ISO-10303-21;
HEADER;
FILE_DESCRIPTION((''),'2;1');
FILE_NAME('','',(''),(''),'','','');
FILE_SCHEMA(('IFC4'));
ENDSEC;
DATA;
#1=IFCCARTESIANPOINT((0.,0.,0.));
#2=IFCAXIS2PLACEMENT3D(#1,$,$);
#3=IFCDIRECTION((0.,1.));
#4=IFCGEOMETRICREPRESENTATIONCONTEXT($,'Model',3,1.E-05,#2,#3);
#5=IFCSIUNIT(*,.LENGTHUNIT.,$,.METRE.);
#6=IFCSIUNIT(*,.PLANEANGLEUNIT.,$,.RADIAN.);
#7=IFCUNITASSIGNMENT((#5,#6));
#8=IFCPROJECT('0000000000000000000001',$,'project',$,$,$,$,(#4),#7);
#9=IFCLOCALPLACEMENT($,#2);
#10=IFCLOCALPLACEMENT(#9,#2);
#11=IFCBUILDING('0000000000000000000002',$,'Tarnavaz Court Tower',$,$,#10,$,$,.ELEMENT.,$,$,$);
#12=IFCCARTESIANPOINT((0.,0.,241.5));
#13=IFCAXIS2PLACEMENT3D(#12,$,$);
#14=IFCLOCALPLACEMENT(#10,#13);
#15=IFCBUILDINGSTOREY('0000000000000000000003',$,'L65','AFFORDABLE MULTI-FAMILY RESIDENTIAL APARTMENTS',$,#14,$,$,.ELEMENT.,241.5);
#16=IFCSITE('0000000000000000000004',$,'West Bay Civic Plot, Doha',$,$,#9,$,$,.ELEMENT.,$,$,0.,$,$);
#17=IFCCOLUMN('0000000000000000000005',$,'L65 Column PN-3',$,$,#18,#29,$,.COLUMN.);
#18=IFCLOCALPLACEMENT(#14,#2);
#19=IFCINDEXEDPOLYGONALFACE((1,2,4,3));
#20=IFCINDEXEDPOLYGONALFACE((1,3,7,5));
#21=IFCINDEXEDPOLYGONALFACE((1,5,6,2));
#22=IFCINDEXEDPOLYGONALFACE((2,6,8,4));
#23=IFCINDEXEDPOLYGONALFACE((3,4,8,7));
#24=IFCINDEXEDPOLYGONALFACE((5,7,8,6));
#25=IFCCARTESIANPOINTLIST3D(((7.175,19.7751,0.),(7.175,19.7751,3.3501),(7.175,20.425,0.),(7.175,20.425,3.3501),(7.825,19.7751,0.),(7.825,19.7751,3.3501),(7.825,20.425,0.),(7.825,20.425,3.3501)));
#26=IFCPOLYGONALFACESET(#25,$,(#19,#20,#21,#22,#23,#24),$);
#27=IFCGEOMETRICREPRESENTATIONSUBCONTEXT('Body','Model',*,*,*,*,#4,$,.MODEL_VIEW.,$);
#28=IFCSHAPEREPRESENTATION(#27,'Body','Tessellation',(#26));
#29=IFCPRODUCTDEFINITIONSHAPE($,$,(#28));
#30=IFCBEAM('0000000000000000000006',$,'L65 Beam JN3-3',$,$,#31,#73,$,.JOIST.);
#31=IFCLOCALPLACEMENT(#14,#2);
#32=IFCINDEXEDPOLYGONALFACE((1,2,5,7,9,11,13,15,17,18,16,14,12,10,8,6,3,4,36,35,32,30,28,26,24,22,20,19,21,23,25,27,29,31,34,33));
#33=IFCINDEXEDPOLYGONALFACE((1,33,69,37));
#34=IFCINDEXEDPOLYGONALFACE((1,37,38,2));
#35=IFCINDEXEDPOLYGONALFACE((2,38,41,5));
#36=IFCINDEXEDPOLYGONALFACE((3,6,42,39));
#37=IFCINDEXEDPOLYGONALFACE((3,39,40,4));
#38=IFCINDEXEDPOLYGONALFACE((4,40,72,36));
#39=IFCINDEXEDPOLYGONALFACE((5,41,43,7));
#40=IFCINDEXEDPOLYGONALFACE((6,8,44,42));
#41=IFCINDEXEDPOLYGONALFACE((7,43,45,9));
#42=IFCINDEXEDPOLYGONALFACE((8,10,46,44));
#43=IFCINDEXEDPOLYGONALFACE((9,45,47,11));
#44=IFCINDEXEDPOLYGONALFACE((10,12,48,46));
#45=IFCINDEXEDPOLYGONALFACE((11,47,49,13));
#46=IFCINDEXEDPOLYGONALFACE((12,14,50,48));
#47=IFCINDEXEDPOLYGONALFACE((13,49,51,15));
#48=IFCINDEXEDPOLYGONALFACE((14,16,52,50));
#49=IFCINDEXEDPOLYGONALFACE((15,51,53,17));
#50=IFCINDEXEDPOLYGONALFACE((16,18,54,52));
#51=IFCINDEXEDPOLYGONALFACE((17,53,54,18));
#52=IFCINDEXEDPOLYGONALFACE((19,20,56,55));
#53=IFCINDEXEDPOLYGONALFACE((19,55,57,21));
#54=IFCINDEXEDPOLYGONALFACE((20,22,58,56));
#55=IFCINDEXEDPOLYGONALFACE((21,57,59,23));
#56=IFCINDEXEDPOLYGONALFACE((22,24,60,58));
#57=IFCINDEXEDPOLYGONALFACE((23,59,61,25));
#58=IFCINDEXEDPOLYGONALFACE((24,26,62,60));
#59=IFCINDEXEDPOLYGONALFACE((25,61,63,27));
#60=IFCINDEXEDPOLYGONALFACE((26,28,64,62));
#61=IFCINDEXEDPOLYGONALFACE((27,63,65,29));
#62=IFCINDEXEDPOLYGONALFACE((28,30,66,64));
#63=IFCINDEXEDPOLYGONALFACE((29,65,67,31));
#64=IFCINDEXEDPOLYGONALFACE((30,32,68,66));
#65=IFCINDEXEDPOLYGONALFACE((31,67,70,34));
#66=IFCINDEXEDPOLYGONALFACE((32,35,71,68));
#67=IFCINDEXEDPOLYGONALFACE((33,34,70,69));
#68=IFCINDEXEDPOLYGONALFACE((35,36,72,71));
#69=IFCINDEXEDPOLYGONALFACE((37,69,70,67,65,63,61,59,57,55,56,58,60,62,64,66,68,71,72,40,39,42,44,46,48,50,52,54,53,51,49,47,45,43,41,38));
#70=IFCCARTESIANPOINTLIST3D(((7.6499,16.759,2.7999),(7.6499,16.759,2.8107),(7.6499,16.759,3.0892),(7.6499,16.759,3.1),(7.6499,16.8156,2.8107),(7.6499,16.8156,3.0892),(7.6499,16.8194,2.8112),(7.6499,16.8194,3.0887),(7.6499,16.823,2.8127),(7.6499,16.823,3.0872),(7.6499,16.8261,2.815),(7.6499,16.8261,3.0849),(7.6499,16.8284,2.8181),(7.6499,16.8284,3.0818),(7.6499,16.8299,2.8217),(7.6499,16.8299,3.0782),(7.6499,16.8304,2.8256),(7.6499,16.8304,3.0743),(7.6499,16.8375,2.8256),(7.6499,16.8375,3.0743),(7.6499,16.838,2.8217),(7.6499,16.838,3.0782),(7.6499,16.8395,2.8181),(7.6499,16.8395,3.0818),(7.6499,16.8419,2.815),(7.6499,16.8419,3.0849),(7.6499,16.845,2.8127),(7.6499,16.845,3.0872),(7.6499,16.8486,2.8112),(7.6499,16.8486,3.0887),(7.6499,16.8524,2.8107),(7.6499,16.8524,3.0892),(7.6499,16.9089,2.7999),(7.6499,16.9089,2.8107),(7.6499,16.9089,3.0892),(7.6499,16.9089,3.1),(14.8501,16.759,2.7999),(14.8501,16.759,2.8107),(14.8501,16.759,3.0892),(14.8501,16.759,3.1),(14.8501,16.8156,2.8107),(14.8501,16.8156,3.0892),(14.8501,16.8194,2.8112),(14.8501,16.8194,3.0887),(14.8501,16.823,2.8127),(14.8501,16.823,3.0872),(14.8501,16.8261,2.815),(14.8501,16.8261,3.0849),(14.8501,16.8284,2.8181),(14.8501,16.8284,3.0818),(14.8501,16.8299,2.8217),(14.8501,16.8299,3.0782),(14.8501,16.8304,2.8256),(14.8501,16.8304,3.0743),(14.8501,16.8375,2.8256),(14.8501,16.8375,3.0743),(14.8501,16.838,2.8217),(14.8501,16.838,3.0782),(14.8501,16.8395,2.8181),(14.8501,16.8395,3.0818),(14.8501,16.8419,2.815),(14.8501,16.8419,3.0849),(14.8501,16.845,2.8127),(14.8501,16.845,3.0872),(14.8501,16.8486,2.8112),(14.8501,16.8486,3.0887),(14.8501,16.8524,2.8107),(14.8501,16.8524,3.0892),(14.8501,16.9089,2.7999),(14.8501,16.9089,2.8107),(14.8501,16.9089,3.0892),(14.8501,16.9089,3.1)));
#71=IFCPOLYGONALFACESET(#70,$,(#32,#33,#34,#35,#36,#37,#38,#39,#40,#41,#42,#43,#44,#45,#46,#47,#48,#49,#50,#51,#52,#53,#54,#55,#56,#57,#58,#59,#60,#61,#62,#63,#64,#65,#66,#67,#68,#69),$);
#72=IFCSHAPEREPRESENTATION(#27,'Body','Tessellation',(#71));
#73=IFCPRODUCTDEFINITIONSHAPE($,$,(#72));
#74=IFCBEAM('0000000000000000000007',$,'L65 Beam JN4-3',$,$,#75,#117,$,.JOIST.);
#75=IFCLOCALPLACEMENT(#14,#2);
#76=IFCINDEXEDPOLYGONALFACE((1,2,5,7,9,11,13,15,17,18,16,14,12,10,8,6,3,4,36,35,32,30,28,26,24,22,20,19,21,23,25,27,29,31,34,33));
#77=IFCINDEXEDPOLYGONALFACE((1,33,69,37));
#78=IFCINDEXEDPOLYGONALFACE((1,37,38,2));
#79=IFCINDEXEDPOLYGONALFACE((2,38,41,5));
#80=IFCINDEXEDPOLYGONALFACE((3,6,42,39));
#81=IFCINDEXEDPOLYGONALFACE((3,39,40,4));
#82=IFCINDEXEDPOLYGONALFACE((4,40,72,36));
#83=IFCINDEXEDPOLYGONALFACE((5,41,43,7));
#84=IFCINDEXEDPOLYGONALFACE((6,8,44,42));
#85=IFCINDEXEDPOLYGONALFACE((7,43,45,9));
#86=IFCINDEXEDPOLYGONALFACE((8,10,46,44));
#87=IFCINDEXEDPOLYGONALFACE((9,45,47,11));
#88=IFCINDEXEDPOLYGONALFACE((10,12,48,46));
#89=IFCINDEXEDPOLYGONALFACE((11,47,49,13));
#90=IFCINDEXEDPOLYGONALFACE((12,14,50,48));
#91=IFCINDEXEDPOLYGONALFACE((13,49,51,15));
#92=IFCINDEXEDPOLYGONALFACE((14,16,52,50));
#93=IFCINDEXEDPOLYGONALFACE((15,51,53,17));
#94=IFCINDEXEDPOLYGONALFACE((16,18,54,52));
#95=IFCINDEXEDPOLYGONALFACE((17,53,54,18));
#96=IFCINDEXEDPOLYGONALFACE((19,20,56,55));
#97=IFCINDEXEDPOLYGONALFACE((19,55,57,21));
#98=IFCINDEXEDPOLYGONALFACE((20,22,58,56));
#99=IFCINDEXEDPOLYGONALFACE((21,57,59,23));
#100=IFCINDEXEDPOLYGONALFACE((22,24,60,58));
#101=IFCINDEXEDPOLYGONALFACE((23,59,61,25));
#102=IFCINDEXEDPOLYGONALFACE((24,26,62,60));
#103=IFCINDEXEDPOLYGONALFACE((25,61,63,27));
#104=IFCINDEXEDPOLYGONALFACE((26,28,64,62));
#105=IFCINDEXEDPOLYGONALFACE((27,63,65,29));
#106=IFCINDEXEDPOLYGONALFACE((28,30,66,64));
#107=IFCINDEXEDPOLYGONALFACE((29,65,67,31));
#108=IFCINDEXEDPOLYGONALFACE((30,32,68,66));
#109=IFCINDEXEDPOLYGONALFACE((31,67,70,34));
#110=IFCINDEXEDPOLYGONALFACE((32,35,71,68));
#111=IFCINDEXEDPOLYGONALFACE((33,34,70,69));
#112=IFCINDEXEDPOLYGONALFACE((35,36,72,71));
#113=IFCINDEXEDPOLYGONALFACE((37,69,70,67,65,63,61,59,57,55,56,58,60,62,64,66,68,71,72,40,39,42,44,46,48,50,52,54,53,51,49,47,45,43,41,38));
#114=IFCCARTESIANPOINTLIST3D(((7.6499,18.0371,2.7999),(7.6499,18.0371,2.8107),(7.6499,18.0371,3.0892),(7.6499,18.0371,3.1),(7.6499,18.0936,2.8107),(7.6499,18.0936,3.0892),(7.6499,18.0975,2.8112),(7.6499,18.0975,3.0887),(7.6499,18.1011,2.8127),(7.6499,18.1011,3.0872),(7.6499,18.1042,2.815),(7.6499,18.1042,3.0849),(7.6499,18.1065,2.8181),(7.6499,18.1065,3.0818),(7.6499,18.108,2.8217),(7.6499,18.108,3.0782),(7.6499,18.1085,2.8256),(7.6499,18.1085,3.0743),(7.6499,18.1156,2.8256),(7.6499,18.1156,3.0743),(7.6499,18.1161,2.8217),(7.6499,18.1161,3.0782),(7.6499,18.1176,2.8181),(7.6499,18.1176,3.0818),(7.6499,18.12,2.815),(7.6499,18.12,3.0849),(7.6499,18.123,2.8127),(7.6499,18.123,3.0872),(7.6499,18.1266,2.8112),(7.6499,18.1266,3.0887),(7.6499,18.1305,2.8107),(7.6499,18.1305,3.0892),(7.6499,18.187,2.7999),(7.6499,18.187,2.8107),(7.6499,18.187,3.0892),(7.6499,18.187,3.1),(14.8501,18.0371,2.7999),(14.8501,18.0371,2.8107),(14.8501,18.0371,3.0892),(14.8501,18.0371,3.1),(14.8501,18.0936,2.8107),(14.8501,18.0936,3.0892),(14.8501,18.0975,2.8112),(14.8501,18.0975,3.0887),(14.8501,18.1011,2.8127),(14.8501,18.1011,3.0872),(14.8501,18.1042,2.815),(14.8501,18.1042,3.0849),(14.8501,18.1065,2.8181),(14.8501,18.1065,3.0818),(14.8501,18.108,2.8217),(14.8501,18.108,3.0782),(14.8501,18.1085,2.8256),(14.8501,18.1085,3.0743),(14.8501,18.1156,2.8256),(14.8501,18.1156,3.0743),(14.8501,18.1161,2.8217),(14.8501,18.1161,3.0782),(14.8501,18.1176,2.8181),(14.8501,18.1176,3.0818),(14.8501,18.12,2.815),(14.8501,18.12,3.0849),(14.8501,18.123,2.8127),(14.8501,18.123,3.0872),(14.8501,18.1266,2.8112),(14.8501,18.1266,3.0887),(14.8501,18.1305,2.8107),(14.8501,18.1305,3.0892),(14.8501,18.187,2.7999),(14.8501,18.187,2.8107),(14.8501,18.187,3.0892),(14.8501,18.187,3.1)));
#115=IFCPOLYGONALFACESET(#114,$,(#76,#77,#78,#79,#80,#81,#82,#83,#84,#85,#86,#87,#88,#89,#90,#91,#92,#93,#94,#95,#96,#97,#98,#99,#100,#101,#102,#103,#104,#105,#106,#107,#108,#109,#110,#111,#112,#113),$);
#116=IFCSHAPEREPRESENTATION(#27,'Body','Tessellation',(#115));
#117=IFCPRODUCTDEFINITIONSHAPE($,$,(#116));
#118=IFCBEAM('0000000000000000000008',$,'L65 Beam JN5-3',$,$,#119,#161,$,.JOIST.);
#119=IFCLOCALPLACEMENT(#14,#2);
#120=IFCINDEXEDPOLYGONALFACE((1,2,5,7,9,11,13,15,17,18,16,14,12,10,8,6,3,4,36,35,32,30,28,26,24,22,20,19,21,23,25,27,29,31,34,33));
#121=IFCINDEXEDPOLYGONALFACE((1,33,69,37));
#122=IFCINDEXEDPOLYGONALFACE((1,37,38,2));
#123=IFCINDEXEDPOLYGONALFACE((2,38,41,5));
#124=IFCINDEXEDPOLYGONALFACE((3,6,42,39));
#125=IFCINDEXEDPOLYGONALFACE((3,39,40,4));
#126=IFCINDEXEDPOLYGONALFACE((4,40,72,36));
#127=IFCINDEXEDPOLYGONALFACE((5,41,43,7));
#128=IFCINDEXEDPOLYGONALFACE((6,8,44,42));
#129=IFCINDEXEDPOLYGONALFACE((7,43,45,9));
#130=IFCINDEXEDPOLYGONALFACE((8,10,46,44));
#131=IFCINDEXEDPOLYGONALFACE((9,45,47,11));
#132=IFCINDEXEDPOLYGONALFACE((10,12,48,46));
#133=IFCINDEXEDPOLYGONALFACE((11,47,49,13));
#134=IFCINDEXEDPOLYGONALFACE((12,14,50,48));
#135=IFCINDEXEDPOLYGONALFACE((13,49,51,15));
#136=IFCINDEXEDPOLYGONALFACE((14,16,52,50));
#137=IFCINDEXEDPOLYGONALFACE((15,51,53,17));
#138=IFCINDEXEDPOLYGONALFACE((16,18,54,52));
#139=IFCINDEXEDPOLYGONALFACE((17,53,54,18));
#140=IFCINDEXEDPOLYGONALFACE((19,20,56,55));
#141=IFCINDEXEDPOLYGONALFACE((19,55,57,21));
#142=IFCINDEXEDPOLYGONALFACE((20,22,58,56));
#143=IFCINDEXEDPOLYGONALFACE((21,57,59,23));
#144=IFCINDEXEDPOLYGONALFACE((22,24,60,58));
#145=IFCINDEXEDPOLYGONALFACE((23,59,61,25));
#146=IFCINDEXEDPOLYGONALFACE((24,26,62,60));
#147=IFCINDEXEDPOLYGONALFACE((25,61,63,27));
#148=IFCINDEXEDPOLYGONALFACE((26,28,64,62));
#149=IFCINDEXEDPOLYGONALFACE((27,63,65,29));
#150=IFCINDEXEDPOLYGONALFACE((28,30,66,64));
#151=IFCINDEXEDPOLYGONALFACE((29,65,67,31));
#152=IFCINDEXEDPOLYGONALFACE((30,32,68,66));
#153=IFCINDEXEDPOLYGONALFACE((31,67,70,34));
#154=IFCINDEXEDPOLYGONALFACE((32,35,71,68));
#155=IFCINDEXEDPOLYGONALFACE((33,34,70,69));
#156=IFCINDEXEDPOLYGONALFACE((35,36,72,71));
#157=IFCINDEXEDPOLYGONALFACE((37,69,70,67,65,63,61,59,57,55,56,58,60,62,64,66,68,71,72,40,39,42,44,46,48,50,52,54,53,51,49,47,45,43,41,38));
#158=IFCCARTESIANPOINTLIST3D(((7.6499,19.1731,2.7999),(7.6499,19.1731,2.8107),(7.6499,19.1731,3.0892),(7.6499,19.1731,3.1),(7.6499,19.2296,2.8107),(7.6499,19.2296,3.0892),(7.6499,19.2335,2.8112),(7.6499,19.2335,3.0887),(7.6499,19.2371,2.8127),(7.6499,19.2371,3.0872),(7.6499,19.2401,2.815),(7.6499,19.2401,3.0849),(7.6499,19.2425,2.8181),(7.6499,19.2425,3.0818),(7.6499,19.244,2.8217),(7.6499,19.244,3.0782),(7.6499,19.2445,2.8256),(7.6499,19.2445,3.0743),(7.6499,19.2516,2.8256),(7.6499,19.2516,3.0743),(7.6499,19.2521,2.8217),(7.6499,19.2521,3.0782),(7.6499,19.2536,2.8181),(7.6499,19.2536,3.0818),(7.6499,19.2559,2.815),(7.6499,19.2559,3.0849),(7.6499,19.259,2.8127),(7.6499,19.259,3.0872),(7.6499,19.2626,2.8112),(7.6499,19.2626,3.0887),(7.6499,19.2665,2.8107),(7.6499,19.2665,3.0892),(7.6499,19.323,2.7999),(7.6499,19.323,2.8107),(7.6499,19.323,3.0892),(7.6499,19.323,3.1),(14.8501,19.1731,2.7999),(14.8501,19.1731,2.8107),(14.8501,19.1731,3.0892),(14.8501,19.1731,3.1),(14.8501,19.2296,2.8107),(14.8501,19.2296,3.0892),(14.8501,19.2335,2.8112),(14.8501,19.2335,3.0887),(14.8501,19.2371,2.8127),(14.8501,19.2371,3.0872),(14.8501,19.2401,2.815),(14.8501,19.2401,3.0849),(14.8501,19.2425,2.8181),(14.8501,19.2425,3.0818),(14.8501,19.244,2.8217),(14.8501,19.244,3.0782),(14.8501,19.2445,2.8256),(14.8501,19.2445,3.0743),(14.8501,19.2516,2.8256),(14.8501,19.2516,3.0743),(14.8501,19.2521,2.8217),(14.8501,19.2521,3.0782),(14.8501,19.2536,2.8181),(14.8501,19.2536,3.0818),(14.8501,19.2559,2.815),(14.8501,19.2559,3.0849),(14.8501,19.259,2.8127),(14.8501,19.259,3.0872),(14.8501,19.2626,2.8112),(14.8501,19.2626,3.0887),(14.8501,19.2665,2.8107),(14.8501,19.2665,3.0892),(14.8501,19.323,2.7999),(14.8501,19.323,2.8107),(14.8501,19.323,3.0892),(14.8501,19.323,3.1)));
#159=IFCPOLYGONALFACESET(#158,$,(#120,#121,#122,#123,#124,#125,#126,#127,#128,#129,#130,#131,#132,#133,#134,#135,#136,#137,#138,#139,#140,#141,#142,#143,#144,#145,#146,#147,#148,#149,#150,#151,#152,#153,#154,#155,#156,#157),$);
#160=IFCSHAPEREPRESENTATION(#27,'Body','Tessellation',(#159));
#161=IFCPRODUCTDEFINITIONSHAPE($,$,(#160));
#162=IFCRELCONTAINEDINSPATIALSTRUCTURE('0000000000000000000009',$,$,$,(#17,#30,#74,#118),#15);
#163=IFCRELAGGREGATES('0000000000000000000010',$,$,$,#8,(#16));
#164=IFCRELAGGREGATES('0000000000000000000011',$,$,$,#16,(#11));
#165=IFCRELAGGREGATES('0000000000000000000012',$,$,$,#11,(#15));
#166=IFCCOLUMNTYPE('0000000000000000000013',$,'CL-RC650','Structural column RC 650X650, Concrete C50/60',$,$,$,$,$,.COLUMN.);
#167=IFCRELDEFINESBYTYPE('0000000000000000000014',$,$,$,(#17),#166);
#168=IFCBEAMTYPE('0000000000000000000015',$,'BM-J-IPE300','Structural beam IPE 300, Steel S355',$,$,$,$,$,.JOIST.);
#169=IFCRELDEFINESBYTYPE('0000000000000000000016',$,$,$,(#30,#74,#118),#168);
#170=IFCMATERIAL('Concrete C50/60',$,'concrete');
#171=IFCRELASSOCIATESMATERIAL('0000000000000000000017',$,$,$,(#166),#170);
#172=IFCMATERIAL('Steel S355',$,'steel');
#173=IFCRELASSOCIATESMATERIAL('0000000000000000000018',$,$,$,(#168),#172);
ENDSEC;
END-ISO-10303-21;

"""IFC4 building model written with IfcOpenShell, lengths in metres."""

from ifc_helpers import new_model, si_unit, direction, frame, origin, origin_2d, place, context, subcontext, project, spatial, rectangle, i_section, extrude, material, material_profile, profile_set, type_object, element, save


model = new_model("IFC4")

# Units and contexts
model_context = context("Model", 3, precision=1e-05, world=origin(), true_north=direction((0.0, 1.0)))
body_context = subcontext(model_context, "Body", "Model", "MODEL_VIEW")
ifc_project = project(units=[si_unit("LENGTHUNIT", "METRE"), si_unit("PLANEANGLEUNIT", "RADIAN")], contexts=[model_context])

# Site, building, storey
site_placement = place(None, origin())
site = spatial("IfcSite", under=ifc_project, at=site_placement, Name="West Bay Civic Plot, Doha", CompositionType="ELEMENT", RefElevation=0.0)
building_placement = place(site_placement, origin())
building = spatial("IfcBuilding", under=site, at=building_placement, Name="Tarnavaz Court Tower", CompositionType="ELEMENT")
storey_placement = place(building_placement, frame((0.0, 0.0, 241.5)))
storey = spatial("IfcBuildingStorey", under=building, at=storey_placement, Name="L65", Description="AFFORDABLE MULTI-FAMILY RESIDENTIAL APARTMENTS", CompositionType="ELEMENT", Elevation=241.5)

# Column
ifc_material_1 = material(Name="Concrete C50/60", Category="concrete")
ifc_material_profile_1 = material_profile(ifc_material_1, rectangle(XDim=0.6499, YDim=0.6499, at=origin_2d()), Name="RC 650X650")
ifc_profile_set_1 = profile_set([ifc_material_profile_1], Name="Concrete C50/60")
column_type = type_object("IfcColumnType", Name="CL-RC650", Description="Structural column RC 650X650, Concrete C50/60", PredefinedType="COLUMN", material=ifc_profile_set_1)
column_placement = place(storey_placement, frame((7.5, 20.1001, 0.0), z_axis=(0.0, 0.0, 1.0), x_axis=(1.0, 0.0, 0.0)))
element("IfcColumn", 1, at=column_placement, inside=storey, type_object=column_type, Name="L65 Column PN-3", PredefinedType="COLUMN", context=body_context, shape_type="SweptSolid", body=[
    extrude(rectangle(XDim=0.6499, YDim=0.6499, at=origin_2d()), origin(), (0.0, 0.0, 1.0), 3.3501),
])

# Beams
ifc_material_2 = material(Name="Steel S355", Category="steel")
ifc_material_profile_2 = material_profile(ifc_material_2, i_section(OverallWidth=0.1499, OverallDepth=0.3, WebThickness=0.0071, FlangeThickness=0.0107, FilletRadius=0.0149, at=origin_2d()), Name="IPE 300")
ifc_profile_set_2 = profile_set([ifc_material_profile_2], Name="Steel S355")
beam_type_1 = type_object("IfcBeamType", Name="BM-J-IPE300", Description="Structural beam IPE 300, Steel S355", PredefinedType="JOIST", material=ifc_profile_set_2)
for number, where, z_axis, x_axis, name in (
    (2, (7.6499, 16.834, 2.95), (1.0, 0.0, 0.0), (0.0, 1.0, 0.0), "L65 Beam JN3-3"),
    (3, (7.6499, 18.1121, 2.95), (1.0, 0.0, 0.0), (0.0, 1.0, 0.0), "L65 Beam JN4-3"),
    (4, (7.6499, 19.248, 2.95), (1.0, 0.0, 0.0), (0.0, 1.0, 0.0), "L65 Beam JN5-3"),
):
    element("IfcBeam", number, at=place(storey_placement, frame(where, z_axis=z_axis, x_axis=x_axis)), inside=storey, type_object=beam_type_1, Name=name, PredefinedType="JOIST", context=body_context, shape_type="SweptSolid", body=[
        extrude(i_section(OverallWidth=0.1499, OverallDepth=0.3, WebThickness=0.0071, FlangeThickness=0.0107, FilletRadius=0.0149, at=origin_2d()), origin(), (0.0, 0.0, 1.0), 7.2002),
    ])

save(model, "model.ifc")
